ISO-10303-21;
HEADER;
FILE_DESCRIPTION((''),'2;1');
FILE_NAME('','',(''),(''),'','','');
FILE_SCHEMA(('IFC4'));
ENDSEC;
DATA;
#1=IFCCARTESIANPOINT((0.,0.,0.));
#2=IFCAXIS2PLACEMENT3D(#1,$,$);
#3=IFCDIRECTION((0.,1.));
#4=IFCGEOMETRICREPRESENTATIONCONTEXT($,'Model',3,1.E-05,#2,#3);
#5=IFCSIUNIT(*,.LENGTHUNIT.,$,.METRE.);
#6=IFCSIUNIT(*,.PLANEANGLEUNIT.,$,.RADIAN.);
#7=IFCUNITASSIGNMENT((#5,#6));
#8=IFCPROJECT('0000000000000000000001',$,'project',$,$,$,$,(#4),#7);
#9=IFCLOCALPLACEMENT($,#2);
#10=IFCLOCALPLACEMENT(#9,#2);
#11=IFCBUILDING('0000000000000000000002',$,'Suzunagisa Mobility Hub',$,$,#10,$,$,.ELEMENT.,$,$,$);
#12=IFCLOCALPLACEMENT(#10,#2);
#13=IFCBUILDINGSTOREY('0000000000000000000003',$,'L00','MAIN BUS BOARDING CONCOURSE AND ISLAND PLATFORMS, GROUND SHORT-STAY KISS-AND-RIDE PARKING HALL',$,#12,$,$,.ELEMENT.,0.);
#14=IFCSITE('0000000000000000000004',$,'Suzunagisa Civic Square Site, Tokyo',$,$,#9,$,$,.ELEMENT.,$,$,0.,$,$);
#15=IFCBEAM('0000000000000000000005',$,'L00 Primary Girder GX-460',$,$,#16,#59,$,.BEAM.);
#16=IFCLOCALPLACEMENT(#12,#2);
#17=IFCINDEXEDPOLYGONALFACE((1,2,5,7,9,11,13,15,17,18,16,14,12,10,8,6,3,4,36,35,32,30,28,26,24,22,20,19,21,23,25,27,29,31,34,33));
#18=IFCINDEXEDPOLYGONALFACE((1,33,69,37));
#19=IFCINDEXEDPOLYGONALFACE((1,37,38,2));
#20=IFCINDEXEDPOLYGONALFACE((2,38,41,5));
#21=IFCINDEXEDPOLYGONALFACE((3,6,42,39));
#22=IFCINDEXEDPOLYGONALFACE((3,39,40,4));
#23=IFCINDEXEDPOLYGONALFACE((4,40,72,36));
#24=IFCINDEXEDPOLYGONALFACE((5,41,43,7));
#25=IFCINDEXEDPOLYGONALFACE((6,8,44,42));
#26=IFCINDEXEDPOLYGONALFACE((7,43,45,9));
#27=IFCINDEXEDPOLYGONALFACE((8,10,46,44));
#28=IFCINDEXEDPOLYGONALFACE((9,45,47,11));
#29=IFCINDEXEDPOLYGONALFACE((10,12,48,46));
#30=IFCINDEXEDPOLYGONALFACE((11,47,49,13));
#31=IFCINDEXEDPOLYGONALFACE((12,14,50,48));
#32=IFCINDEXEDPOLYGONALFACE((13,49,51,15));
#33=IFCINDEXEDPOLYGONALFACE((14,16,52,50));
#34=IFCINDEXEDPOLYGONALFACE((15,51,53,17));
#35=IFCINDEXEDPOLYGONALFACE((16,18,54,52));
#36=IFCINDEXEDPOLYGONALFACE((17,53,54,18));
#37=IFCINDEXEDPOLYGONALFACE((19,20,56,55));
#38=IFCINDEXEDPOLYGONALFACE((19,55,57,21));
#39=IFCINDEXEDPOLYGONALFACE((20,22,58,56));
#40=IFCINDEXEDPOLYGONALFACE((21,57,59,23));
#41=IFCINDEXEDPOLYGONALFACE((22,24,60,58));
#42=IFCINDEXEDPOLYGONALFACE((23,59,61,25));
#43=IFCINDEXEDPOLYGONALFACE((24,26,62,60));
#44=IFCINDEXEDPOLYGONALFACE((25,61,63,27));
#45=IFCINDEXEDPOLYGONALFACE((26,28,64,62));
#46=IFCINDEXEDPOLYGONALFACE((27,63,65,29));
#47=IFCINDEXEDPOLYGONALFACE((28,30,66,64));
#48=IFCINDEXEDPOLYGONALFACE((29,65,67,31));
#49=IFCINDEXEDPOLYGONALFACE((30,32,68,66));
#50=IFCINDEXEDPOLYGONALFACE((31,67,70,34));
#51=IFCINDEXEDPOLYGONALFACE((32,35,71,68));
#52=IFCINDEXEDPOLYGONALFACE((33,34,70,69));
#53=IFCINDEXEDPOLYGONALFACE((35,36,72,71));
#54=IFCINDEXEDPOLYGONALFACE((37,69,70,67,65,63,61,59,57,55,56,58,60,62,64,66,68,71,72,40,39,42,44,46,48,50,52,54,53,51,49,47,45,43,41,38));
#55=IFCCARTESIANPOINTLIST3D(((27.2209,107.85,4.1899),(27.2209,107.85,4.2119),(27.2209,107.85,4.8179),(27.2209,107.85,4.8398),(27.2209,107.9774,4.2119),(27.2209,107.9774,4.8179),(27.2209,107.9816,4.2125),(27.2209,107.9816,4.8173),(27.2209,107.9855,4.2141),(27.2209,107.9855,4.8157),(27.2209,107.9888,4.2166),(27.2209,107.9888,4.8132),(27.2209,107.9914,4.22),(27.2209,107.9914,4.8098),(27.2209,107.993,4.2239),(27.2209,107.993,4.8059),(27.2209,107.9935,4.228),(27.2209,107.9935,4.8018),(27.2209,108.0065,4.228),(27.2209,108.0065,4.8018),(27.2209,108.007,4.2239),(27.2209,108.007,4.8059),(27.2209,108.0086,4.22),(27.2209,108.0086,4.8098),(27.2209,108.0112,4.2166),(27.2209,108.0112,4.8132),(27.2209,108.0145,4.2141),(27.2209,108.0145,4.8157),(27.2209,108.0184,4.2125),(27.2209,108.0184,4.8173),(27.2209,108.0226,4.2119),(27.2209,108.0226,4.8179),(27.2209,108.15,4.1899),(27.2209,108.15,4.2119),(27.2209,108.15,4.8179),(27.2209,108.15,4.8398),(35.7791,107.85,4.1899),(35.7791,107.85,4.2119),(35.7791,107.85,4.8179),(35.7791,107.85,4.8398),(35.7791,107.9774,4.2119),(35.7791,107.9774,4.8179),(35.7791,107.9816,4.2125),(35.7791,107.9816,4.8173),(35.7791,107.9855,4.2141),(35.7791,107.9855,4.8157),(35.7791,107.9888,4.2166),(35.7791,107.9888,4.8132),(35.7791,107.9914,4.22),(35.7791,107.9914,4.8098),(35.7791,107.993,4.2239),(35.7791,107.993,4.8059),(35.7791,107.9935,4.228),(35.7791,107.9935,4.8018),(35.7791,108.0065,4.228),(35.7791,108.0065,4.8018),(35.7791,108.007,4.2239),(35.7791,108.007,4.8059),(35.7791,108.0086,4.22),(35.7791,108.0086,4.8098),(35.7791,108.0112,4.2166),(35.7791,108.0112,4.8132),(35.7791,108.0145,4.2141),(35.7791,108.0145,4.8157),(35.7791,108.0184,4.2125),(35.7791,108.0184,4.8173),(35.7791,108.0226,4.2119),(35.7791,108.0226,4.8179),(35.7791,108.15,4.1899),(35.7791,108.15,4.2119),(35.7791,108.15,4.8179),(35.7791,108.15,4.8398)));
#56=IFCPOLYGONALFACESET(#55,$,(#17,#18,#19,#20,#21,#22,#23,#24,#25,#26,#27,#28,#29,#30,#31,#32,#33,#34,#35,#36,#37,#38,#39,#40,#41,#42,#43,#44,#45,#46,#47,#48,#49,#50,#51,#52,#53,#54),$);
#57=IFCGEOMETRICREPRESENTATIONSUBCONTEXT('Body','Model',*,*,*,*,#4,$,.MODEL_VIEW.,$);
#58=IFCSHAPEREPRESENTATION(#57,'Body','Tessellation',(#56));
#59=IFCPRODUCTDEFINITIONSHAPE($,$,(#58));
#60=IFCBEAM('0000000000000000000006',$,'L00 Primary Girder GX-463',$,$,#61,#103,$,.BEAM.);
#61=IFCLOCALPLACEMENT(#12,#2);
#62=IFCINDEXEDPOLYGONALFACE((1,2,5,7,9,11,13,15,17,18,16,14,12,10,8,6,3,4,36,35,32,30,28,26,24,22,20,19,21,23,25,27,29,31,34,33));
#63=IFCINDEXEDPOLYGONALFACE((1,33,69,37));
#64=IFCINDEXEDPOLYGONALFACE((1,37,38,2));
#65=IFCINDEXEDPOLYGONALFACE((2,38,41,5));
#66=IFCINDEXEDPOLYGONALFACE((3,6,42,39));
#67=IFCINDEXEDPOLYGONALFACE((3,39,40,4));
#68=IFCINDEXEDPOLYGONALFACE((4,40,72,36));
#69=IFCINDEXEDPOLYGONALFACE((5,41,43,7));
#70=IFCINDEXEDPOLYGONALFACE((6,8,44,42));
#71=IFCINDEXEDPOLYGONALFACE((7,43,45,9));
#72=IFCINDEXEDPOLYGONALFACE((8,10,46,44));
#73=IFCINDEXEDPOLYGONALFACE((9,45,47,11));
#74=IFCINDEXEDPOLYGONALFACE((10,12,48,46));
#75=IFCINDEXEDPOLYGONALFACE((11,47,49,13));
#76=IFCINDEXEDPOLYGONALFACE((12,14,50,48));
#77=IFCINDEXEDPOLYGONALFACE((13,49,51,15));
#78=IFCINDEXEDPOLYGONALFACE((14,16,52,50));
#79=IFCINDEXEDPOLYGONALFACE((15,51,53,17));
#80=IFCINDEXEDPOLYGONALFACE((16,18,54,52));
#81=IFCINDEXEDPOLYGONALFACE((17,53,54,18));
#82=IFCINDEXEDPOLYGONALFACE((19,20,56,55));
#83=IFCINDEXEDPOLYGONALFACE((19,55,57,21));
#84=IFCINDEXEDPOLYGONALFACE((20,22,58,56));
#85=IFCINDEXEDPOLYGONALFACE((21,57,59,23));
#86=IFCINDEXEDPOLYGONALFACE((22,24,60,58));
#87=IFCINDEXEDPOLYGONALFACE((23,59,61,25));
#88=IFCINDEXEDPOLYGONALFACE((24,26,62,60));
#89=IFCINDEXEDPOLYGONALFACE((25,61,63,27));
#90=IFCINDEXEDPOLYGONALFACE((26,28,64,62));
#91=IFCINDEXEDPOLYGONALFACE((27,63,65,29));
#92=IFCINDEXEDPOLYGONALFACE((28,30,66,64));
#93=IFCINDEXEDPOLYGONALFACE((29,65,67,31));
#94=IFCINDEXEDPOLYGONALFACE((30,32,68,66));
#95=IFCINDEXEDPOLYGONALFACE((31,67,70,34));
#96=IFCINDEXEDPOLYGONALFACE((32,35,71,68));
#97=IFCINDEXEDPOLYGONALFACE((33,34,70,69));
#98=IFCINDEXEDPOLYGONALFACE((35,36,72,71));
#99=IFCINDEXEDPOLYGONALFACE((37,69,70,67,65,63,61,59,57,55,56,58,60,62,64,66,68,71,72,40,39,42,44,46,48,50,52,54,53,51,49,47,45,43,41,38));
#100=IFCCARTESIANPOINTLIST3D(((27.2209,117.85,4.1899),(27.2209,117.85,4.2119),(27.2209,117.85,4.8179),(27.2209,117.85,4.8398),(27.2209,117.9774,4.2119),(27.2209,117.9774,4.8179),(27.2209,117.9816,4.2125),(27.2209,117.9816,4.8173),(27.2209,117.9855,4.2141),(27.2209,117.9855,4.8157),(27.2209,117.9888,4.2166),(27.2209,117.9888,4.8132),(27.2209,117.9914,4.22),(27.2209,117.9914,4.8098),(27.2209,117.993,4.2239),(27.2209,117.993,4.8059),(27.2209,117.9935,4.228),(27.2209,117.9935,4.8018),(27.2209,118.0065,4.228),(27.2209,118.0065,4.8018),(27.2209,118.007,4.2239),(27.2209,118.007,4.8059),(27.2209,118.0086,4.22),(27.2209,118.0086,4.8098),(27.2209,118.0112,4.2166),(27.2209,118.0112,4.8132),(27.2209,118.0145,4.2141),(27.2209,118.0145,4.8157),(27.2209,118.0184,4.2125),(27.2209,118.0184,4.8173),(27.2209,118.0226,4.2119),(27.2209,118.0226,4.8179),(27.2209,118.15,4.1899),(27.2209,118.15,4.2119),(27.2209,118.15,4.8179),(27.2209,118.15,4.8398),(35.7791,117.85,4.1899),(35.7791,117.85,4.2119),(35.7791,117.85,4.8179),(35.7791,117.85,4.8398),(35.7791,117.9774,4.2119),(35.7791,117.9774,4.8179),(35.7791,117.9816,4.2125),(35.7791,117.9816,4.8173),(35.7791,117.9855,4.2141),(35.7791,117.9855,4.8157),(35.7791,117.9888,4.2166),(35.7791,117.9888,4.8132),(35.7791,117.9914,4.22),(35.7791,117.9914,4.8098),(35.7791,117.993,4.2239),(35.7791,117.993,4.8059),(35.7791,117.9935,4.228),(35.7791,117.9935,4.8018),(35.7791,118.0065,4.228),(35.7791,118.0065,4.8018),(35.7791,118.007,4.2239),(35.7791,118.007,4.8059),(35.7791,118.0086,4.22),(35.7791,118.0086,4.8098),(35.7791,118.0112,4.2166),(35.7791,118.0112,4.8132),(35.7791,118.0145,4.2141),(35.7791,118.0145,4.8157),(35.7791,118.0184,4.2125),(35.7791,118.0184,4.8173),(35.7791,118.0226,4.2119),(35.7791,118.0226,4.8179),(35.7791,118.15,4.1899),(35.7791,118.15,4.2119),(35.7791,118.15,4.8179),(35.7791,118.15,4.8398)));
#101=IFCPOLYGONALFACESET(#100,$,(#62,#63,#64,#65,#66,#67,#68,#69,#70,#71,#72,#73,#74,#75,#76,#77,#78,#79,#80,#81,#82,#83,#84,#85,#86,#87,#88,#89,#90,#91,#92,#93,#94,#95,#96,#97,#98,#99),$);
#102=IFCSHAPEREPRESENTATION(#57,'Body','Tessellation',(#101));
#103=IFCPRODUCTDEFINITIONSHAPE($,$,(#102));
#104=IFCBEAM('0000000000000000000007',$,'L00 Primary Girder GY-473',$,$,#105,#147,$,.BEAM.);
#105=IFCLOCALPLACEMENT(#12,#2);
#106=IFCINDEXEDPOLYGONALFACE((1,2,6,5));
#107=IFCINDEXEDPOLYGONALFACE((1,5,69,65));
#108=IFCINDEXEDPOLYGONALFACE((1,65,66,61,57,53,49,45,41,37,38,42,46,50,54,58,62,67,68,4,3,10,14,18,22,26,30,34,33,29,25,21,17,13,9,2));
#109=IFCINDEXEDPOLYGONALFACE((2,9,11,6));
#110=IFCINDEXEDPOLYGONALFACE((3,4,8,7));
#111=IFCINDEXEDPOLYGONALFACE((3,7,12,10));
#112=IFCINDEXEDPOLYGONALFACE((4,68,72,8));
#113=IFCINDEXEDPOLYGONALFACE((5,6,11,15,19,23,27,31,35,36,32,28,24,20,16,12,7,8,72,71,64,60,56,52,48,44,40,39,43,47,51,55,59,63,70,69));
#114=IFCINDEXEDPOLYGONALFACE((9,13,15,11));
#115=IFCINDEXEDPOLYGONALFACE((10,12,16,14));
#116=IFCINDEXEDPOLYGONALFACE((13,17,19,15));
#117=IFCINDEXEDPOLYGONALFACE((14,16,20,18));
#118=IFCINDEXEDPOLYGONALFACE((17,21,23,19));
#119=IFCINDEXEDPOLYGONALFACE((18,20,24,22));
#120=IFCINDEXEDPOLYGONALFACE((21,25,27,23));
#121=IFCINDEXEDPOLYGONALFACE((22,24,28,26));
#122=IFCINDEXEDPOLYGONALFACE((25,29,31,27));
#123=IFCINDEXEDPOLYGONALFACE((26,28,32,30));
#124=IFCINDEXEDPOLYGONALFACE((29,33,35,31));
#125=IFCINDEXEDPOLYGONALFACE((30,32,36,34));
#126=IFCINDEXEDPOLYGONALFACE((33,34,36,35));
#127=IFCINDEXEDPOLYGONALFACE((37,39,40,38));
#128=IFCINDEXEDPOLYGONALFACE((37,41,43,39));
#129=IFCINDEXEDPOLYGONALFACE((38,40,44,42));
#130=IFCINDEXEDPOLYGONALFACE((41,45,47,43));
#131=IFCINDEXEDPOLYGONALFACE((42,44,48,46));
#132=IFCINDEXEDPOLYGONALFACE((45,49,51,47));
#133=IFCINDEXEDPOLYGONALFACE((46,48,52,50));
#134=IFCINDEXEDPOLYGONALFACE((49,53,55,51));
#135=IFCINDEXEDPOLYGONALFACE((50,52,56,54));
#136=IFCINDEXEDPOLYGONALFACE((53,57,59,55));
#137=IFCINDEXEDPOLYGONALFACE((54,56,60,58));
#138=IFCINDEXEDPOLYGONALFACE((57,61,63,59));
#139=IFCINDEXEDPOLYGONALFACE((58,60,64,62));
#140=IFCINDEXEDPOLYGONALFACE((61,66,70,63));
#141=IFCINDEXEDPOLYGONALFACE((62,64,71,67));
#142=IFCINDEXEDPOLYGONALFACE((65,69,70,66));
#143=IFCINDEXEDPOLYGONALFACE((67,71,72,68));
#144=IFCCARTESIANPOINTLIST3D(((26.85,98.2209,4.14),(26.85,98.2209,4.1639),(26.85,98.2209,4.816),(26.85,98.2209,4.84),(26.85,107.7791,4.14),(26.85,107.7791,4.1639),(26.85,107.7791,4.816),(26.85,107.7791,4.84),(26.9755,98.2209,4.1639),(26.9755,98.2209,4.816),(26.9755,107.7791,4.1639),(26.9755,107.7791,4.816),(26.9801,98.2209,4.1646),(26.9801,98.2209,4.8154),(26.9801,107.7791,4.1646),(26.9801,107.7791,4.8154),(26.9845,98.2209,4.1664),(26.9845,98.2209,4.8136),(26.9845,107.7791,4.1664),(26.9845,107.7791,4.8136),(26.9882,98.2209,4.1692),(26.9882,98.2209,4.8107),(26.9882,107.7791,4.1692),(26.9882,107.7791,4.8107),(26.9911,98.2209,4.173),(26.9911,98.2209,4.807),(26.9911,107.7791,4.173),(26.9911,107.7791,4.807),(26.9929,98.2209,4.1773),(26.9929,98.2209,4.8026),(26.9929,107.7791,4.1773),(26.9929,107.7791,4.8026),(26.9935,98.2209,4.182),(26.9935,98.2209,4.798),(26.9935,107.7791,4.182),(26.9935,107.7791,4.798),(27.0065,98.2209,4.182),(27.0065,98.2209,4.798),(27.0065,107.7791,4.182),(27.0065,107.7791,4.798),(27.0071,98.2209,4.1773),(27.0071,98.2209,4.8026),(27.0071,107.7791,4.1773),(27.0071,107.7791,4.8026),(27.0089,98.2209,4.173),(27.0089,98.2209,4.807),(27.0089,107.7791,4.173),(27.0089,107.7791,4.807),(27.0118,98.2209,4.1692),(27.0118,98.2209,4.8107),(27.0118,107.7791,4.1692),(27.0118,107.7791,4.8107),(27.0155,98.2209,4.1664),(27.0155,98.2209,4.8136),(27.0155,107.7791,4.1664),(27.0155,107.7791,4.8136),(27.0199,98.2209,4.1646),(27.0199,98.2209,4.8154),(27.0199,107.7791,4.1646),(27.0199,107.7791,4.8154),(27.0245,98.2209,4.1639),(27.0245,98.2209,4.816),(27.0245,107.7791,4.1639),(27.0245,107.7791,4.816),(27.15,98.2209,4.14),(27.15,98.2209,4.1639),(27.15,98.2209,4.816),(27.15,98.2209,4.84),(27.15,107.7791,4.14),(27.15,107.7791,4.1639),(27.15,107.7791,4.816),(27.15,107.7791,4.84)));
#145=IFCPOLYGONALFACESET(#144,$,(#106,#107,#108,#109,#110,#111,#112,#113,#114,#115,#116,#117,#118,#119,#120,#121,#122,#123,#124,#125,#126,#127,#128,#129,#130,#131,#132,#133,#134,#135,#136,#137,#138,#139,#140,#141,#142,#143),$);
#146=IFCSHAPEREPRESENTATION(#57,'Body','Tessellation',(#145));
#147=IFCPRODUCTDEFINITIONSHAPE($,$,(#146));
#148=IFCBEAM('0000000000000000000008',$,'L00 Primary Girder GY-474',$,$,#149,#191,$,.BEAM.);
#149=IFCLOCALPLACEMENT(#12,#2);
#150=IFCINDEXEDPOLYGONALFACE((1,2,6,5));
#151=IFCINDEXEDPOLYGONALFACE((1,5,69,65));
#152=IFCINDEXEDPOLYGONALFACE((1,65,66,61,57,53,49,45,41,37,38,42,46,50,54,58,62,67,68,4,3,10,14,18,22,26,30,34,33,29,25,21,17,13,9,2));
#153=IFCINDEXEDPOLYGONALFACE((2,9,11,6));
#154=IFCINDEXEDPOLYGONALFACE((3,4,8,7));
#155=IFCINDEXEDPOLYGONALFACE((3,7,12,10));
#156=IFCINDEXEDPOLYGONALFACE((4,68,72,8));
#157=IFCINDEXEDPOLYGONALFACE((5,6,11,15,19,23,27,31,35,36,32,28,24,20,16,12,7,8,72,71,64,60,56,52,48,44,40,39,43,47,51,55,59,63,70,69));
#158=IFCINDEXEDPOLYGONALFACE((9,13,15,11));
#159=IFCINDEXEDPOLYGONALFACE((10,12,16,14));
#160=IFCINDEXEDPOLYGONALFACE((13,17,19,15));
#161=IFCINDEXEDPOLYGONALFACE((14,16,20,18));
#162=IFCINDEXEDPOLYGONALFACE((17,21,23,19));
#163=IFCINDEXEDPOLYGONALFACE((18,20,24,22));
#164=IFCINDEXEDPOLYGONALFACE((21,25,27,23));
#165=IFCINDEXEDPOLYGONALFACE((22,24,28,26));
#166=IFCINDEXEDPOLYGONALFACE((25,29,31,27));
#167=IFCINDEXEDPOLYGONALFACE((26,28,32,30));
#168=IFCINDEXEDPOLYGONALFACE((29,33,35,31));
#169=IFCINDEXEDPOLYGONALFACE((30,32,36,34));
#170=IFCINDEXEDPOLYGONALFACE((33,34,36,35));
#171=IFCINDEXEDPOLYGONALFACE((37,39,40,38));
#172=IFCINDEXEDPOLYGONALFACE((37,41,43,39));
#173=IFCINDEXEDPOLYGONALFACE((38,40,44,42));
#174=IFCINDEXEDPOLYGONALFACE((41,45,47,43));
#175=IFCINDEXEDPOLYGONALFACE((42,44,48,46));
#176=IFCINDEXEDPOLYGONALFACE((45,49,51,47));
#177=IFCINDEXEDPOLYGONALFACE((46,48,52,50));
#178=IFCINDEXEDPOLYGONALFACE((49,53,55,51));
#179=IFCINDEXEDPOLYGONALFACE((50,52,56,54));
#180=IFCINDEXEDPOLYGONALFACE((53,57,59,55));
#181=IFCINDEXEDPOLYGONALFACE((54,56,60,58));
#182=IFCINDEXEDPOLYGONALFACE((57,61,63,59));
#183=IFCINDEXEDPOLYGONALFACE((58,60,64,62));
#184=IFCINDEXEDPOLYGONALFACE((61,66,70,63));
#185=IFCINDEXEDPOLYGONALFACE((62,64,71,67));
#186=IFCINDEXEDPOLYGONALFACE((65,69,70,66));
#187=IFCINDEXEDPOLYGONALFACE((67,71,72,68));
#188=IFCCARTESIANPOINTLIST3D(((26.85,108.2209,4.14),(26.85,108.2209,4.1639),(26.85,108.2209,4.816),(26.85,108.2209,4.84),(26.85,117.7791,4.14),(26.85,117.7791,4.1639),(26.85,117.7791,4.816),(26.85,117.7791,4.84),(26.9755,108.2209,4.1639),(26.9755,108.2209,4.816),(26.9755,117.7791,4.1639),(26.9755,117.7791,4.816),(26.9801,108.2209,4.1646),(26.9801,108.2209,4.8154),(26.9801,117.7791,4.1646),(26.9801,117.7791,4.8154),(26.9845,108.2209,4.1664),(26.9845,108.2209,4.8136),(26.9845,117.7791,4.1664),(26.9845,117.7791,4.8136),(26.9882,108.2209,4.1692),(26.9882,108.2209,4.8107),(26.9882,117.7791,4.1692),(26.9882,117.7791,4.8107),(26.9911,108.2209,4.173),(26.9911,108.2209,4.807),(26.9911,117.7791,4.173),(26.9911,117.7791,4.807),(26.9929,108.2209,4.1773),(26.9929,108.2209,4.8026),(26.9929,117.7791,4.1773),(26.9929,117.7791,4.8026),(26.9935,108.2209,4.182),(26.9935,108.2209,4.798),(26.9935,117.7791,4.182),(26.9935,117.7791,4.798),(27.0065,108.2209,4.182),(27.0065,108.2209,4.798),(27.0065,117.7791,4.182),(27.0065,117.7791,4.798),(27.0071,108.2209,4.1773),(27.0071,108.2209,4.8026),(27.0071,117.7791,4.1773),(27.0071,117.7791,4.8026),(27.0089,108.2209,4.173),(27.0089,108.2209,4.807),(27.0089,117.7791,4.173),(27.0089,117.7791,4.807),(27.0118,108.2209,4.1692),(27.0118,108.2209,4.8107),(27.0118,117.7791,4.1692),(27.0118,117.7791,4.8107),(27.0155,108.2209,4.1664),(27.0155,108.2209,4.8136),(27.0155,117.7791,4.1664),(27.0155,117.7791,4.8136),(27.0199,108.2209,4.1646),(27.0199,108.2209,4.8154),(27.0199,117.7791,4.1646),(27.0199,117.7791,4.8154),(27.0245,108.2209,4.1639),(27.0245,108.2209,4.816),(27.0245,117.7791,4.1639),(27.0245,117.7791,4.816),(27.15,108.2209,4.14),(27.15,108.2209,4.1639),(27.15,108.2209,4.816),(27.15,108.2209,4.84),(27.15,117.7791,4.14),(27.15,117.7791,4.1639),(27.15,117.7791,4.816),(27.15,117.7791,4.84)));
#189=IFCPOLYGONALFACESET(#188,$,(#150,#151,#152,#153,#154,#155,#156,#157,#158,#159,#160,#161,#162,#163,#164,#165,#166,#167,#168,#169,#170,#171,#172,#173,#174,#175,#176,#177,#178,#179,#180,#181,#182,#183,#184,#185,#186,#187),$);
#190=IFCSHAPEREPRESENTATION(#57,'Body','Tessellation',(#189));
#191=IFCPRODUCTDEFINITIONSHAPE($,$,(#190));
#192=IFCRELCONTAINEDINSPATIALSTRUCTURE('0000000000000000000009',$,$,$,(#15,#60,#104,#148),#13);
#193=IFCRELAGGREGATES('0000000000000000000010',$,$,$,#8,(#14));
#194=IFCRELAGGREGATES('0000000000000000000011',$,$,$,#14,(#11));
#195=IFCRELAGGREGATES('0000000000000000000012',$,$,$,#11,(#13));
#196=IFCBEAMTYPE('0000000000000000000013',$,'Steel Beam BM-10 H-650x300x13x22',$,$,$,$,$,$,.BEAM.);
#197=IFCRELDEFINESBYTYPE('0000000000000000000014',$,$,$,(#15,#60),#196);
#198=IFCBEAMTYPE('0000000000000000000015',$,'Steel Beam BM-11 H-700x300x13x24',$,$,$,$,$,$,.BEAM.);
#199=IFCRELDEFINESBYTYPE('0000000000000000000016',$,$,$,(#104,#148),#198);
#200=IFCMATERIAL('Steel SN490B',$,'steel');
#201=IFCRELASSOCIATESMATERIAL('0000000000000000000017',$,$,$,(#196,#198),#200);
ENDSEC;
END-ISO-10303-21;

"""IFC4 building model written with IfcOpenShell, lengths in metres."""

from ifc_helpers import new_model, si_unit, direction, frame, origin, origin_2d, place, context, subcontext, project, spatial, i_section, extrude, material, material_profile, profile_set, type_object, element, save


model = new_model("IFC4")

# Units and contexts
model_context = context("Model", 3, precision=1e-05, world=origin(), true_north=direction((0.0, 1.0)))
body_context = subcontext(model_context, "Body", "Model", "MODEL_VIEW")
ifc_project = project(units=[si_unit("LENGTHUNIT", "METRE"), si_unit("PLANEANGLEUNIT", "RADIAN")], contexts=[model_context])

# Site, building, storey
site_placement = place(None, origin())
site = spatial("IfcSite", under=ifc_project, at=site_placement, Name="Suzunagisa Civic Square Site, Tokyo", CompositionType="ELEMENT", RefElevation=0.0)
building_placement = place(site_placement, origin())
building = spatial("IfcBuilding", under=site, at=building_placement, Name="Suzunagisa Mobility Hub", CompositionType="ELEMENT")
storey_placement = place(building_placement, origin())
storey = spatial("IfcBuildingStorey", under=building, at=storey_placement, Name="L00", Description="MAIN BUS BOARDING CONCOURSE AND ISLAND PLATFORMS, GROUND SHORT-STAY KISS-AND-RIDE PARKING HALL", CompositionType="ELEMENT", Elevation=0.0)

# Shared definitions
ifc_material_1 = material(Name="Steel SN490B", Category="steel")

# Beams
ifc_material_profile_1 = material_profile(ifc_material_1, i_section(OverallWidth=0.3, OverallDepth=0.6499, WebThickness=0.0129, FlangeThickness=0.022, FilletRadius=0.0161, at=origin_2d()), Name="H-650x300x13x22")
ifc_profile_set_1 = profile_set([ifc_material_profile_1], Name="Steel SN490B")
beam_type_1 = type_object("IfcBeamType", Name="Steel Beam BM-10 H-650x300x13x22", PredefinedType="BEAM", material=ifc_profile_set_1)
for number, where, z_axis, x_axis, name in (
    (1, (27.2209, 108.0, 4.5149), (1.0, 0.0, 0.0), (0.0, 1.0, 0.0), "L00 Primary Girder GX-460"),
    (2, (27.2209, 118.0, 4.5149), (1.0, 0.0, 0.0), (0.0, 1.0, 0.0), "L00 Primary Girder GX-463"),
):
    element("IfcBeam", number, at=place(storey_placement, frame(where, z_axis=z_axis, x_axis=x_axis)), inside=storey, type_object=beam_type_1, Name=name, PredefinedType="BEAM", context=body_context, shape_type="SweptSolid", body=[
        extrude(i_section(OverallWidth=0.3, OverallDepth=0.6499, WebThickness=0.0129, FlangeThickness=0.022, FilletRadius=0.0161, at=origin_2d()), origin(), (0.0, 0.0, 1.0), 8.5581),
    ])
ifc_material_profile_2 = material_profile(ifc_material_1, i_section(OverallWidth=0.3, OverallDepth=0.7, WebThickness=0.0129, FlangeThickness=0.0239, FilletRadius=0.0181, at=origin_2d()), Name="H-700x300x13x24")
ifc_profile_set_2 = profile_set([ifc_material_profile_2], Name="Steel SN490B")
beam_type_2 = type_object("IfcBeamType", Name="Steel Beam BM-11 H-700x300x13x24", PredefinedType="BEAM", material=ifc_profile_set_2)
for number, where, z_axis, x_axis, name in (
    (3, (27.0, 98.2209, 4.49), (0.0, 1.0, 0.0), (-1.0, 0.0, 0.0), "L00 Primary Girder GY-473"),
    (4, (27.0, 108.2209, 4.49), (0.0, 1.0, 0.0), (-1.0, 0.0, 0.0), "L00 Primary Girder GY-474"),
):
    element("IfcBeam", number, at=place(storey_placement, frame(where, z_axis=z_axis, x_axis=x_axis)), inside=storey, type_object=beam_type_2, Name=name, PredefinedType="BEAM", context=body_context, shape_type="SweptSolid", body=[
        extrude(i_section(OverallWidth=0.3, OverallDepth=0.7, WebThickness=0.0129, FlangeThickness=0.0239, FilletRadius=0.0181, at=origin_2d()), origin(), (0.0, 0.0, 1.0), 9.5581),
    ])

save(model, "model.ifc")
